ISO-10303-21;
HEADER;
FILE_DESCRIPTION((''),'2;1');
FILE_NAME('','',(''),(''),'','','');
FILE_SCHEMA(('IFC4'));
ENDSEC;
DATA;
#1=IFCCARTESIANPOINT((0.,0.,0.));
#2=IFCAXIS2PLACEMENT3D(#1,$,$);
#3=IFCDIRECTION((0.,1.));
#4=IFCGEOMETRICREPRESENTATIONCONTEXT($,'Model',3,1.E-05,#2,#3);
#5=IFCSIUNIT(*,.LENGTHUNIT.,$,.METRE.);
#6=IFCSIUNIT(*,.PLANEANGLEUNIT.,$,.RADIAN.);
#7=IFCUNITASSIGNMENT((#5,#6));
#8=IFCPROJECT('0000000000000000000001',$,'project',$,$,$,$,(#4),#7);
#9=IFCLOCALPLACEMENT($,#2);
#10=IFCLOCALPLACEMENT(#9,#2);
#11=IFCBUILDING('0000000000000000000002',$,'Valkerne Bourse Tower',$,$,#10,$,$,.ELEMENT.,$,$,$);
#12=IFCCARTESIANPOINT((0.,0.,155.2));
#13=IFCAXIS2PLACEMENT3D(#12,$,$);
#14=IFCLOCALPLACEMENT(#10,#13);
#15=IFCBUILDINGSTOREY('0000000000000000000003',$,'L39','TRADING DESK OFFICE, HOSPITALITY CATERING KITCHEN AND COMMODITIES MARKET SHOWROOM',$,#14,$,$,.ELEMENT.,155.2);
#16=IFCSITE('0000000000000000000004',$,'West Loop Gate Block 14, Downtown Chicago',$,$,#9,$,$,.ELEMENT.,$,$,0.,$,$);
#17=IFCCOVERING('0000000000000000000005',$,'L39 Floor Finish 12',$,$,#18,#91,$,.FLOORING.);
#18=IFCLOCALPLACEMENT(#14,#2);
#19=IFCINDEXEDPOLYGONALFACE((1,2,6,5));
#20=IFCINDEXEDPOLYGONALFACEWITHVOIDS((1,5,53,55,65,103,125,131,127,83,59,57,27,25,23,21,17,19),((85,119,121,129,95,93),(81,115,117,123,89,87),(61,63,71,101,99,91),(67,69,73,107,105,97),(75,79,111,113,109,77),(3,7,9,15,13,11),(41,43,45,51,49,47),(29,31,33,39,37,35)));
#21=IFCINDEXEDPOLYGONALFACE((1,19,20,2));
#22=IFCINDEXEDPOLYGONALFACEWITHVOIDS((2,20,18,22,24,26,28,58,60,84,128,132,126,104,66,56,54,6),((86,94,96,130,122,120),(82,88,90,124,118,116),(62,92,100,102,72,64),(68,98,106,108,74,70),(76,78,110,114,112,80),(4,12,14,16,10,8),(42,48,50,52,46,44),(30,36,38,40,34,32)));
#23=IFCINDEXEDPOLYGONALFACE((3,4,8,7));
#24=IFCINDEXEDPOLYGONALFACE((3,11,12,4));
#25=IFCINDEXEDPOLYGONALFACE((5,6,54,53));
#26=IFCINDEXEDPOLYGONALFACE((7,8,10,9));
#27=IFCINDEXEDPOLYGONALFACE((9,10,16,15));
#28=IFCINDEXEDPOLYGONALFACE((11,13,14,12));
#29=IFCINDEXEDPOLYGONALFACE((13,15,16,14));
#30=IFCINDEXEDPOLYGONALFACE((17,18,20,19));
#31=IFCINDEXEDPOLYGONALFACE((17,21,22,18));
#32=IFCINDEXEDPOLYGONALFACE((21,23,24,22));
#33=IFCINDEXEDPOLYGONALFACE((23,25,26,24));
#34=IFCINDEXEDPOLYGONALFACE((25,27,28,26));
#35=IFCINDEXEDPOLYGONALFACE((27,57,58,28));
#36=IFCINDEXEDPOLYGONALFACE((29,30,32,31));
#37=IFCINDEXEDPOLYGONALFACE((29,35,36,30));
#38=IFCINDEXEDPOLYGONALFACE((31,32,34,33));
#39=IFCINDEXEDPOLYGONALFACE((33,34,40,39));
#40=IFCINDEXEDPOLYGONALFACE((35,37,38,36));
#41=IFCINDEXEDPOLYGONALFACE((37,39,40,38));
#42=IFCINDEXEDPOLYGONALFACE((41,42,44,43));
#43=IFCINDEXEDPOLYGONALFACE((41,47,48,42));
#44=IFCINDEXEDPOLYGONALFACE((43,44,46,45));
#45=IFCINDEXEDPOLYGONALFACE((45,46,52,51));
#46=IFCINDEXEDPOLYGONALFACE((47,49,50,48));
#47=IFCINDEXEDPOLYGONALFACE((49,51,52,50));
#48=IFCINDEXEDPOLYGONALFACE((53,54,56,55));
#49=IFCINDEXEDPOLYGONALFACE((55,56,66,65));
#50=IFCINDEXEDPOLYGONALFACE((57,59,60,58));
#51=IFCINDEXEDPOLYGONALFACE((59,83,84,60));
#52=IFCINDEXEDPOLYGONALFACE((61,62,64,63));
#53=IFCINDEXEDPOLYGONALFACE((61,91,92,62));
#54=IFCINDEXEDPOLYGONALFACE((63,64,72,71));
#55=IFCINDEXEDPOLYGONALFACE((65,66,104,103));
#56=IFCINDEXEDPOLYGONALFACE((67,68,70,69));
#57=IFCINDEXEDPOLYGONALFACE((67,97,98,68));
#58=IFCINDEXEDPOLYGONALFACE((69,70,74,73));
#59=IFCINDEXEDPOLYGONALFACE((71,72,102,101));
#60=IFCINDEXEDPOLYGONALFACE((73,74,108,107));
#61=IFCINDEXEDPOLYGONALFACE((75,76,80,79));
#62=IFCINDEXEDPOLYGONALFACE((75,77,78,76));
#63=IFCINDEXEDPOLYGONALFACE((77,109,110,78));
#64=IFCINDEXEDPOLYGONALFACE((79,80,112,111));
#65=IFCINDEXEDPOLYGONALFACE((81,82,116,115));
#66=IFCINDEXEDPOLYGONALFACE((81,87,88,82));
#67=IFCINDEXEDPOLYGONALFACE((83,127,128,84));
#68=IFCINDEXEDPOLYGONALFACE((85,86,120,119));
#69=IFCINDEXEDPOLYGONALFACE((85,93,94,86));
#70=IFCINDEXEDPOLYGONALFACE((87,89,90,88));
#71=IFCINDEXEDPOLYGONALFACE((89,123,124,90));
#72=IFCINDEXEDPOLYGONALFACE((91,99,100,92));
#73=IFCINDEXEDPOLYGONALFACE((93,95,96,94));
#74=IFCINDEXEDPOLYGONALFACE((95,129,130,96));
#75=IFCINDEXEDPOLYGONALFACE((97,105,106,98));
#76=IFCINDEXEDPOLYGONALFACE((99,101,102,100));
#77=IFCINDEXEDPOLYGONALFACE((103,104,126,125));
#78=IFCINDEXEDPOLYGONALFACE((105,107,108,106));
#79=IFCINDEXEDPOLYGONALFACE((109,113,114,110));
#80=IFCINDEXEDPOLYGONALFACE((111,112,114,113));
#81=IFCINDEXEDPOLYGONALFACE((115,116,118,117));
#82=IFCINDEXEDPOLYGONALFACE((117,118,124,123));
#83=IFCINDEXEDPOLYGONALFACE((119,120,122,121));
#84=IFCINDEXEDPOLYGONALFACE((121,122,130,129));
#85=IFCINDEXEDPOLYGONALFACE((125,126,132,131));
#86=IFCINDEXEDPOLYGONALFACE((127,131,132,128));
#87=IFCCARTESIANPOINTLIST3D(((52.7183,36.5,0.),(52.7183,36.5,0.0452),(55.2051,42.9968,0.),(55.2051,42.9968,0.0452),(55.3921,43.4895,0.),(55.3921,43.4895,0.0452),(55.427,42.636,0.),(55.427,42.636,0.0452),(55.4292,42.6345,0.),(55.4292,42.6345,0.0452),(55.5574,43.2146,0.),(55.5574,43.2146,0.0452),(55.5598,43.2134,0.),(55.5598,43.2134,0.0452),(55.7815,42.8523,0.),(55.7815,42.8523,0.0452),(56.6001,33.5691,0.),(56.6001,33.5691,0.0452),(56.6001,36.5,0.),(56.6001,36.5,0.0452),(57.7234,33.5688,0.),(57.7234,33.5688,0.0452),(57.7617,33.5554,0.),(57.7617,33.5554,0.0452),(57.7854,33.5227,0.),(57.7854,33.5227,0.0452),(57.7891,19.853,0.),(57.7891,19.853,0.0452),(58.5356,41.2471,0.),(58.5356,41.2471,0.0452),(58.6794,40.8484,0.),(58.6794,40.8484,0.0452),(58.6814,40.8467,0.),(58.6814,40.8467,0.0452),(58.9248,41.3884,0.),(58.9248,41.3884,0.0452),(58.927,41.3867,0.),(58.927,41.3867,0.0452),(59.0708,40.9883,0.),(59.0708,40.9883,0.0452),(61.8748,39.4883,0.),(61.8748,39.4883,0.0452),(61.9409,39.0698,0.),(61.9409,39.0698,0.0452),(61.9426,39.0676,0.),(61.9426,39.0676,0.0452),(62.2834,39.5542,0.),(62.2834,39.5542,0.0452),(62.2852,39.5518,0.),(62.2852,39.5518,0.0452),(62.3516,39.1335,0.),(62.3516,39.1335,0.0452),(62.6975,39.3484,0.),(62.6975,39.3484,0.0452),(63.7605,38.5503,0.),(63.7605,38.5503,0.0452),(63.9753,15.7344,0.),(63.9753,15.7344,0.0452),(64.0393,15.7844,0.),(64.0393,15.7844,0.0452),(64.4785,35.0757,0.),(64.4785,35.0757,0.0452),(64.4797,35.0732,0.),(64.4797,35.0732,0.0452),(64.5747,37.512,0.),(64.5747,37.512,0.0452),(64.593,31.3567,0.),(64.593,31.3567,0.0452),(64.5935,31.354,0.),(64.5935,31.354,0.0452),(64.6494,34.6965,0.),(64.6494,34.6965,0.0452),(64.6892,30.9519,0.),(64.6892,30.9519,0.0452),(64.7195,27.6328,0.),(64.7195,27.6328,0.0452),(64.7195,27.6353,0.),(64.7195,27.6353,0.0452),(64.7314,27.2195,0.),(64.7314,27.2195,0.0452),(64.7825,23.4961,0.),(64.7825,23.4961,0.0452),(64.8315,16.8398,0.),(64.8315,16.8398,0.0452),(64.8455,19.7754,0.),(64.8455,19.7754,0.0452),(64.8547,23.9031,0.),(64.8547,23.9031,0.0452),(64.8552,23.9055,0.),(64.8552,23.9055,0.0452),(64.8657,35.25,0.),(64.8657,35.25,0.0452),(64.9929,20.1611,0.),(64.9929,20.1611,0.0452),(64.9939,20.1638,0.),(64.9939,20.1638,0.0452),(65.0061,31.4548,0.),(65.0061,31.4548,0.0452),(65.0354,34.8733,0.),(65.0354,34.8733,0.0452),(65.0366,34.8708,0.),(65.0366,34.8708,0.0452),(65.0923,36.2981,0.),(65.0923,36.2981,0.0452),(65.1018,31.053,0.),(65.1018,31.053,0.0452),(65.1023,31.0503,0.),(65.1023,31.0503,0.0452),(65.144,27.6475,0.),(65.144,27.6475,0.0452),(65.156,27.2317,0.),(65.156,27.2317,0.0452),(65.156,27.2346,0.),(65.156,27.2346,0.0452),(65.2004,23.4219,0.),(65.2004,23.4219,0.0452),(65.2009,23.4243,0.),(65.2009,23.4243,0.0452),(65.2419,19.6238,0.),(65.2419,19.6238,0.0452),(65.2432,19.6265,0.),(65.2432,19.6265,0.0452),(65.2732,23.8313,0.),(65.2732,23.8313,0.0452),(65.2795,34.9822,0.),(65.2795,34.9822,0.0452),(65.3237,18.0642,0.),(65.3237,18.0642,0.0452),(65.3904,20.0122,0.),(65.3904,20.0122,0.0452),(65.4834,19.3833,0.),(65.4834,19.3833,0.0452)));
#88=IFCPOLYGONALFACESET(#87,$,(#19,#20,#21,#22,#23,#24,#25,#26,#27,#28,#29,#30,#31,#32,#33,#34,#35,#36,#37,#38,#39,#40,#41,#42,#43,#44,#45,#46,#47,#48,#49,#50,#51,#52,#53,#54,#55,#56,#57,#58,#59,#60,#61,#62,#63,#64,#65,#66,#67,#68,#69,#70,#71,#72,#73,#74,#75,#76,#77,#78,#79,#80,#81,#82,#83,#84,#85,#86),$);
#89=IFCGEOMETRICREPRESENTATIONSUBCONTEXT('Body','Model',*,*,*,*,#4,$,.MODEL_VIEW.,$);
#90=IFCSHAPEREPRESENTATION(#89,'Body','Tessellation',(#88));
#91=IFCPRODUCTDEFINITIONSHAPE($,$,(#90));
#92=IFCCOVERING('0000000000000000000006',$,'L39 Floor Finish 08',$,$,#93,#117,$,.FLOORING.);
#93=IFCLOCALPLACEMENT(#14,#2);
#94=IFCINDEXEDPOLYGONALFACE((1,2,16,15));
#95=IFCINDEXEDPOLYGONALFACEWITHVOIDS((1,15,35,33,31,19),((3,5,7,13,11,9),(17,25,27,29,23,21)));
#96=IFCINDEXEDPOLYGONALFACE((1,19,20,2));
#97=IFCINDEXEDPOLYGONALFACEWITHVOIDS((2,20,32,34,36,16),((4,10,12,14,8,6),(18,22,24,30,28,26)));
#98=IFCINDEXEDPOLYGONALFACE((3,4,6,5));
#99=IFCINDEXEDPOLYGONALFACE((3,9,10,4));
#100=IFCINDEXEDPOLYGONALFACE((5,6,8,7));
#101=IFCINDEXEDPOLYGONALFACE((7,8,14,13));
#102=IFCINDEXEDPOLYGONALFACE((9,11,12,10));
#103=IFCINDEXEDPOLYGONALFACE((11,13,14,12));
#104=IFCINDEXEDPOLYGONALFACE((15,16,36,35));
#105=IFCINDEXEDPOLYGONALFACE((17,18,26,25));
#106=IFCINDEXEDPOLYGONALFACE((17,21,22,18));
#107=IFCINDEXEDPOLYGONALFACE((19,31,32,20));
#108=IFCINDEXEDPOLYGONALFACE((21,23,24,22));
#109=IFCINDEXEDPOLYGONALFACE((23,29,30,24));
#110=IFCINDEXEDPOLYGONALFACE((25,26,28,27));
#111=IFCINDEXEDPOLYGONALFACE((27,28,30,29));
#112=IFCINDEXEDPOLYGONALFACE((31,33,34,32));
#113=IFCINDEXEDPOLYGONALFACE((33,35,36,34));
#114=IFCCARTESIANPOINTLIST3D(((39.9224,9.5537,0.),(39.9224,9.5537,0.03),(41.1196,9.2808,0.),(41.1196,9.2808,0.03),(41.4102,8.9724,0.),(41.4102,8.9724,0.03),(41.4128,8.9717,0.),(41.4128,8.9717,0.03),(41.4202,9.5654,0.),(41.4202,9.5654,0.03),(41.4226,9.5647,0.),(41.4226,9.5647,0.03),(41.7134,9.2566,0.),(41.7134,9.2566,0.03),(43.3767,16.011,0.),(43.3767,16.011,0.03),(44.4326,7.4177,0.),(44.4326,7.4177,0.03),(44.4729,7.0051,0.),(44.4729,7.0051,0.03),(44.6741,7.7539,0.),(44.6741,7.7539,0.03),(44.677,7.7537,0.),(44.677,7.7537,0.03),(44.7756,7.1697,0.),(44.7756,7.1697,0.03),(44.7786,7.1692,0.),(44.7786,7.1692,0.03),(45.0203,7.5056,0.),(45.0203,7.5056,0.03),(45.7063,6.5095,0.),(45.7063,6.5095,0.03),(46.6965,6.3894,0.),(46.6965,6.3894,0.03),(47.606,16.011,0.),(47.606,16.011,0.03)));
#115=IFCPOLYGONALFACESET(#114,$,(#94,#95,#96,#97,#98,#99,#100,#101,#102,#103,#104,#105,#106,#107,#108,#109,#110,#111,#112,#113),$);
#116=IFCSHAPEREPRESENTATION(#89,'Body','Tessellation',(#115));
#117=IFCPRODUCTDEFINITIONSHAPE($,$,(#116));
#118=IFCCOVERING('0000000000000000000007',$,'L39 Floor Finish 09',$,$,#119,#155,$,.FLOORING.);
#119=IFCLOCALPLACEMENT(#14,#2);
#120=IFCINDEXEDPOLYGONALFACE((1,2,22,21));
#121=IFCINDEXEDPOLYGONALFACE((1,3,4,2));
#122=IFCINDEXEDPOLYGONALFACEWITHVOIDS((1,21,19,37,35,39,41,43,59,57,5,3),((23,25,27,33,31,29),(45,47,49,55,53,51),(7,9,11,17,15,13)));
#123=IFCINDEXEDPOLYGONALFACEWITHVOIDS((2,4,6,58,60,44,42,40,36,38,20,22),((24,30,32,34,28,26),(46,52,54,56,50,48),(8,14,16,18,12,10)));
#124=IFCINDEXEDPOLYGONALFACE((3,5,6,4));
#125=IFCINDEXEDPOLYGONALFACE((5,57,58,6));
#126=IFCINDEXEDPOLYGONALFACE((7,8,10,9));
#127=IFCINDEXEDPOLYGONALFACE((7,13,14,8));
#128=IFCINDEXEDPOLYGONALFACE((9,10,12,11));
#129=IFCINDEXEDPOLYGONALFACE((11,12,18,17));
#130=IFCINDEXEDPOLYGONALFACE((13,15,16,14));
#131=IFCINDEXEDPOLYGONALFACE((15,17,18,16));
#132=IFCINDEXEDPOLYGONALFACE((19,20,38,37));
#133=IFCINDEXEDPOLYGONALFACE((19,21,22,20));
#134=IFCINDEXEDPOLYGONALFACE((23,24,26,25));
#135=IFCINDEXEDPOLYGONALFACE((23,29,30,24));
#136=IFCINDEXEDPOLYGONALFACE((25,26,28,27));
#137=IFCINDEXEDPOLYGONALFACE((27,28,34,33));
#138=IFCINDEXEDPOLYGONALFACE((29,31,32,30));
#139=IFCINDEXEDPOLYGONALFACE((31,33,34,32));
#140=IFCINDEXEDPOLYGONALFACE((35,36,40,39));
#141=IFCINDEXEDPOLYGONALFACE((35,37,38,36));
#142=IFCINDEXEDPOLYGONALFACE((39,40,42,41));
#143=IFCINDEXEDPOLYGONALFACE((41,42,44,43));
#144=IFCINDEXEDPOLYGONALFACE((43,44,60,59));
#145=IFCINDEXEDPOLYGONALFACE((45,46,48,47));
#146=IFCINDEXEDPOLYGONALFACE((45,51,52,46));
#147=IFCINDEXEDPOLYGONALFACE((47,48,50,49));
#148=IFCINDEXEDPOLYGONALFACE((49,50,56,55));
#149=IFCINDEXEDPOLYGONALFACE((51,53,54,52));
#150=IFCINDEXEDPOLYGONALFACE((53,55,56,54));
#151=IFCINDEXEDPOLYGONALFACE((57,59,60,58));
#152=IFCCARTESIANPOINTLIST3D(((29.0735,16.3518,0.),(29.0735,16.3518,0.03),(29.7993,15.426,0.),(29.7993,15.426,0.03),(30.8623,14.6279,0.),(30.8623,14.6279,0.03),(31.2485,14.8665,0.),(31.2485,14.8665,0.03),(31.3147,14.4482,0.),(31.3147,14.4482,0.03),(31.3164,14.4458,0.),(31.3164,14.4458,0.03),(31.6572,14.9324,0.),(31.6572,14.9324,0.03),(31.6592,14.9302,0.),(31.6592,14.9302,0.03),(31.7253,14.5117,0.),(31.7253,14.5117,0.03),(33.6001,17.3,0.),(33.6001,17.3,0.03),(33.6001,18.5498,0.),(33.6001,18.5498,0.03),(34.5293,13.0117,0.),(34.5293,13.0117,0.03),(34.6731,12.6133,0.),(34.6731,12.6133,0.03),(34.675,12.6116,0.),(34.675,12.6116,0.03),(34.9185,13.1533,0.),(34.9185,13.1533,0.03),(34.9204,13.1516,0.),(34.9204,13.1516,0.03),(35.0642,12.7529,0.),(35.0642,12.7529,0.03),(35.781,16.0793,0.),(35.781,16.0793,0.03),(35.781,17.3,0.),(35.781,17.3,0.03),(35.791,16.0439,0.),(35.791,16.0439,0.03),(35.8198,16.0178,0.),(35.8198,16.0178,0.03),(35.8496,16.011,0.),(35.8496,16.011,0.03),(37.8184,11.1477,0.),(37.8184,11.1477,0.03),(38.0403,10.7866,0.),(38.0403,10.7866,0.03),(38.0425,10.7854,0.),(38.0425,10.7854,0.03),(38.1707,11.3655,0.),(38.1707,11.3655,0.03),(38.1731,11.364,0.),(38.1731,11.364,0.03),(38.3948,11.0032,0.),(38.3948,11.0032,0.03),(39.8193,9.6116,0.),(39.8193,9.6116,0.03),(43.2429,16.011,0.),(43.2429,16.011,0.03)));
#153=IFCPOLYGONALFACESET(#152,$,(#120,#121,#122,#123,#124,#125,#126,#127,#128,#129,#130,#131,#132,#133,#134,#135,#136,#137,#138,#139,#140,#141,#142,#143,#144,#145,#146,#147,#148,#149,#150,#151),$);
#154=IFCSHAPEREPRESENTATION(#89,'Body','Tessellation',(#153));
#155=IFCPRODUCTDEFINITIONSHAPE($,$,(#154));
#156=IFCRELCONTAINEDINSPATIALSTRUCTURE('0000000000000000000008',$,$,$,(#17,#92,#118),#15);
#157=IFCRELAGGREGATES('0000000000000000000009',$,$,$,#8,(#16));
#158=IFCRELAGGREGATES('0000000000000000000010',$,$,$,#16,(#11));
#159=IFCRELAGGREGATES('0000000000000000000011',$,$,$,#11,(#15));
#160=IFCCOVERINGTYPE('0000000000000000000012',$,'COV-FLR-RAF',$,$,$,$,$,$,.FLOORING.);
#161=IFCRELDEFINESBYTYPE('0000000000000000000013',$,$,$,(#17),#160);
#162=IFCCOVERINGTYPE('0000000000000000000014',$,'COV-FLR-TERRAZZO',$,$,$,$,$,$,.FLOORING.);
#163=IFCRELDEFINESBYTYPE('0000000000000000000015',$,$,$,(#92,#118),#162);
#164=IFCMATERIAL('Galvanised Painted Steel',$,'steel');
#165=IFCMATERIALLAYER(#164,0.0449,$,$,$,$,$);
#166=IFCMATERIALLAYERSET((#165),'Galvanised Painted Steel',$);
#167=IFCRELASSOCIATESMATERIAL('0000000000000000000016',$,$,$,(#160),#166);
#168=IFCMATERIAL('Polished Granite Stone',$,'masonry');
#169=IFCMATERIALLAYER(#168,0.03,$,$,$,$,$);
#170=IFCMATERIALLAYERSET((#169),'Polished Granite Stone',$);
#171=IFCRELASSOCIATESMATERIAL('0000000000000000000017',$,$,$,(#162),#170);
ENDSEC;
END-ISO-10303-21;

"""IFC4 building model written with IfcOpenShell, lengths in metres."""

from ifc_helpers import new_model, si_unit, direction, frame, origin, place, context, subcontext, project, spatial, polyline, outline, extrude, material, layer, layer_set, type_object, element, save


model = new_model("IFC4")

# Units and contexts
model_context = context("Model", 3, precision=1e-05, world=origin(), true_north=direction((0.0, 1.0)))
body_context = subcontext(model_context, "Body", "Model", "MODEL_VIEW")
ifc_project = project(units=[si_unit("LENGTHUNIT", "METRE"), si_unit("PLANEANGLEUNIT", "RADIAN")], contexts=[model_context])

# Site, building, storey
site_placement = place(None, origin())
site = spatial("IfcSite", under=ifc_project, at=site_placement, Name="West Loop Gate Block 14, Downtown Chicago", CompositionType="ELEMENT", RefElevation=0.0)
building_placement = place(site_placement, origin())
building = spatial("IfcBuilding", under=site, at=building_placement, Name="Valkerne Bourse Tower", CompositionType="ELEMENT")
storey_placement = place(building_placement, frame((0.0, 0.0, 155.2)))
storey = spatial("IfcBuildingStorey", under=building, at=storey_placement, Name="L39", Description="TRADING DESK OFFICE, HOSPITALITY CATERING KITCHEN AND COMMODITIES MARKET SHOWROOM", CompositionType="ELEMENT", Elevation=155.2)

# Coverings
ifc_material_1 = material(Name="Galvanised Painted Steel", Category="steel")
ifc_layer_1 = layer(ifc_material_1, 0.0449)
ifc_layer_set_1 = layer_set([ifc_layer_1], Name="Galvanised Painted Steel")
covering_type_1 = type_object("IfcCoveringType", Name="COV-FLR-RAF", PredefinedType="FLOORING", material=ifc_layer_set_1)
covering_1_placement = place(storey_placement, origin())
element("IfcCovering", 1, at=covering_1_placement, inside=storey, type_object=covering_type_1, Name="L39 Floor Finish 12", PredefinedType="FLOORING", context=body_context, shape_type="SweptSolid", body=[
    extrude(outline(polyline([(64.0393, 15.7844), (63.9753, 15.7344), (57.7891, 19.853), (57.7854, 33.5227), (57.7617, 33.5554), (57.7234, 33.5688), (56.6001, 33.5691), (56.6001, 36.5), (52.7183, 36.5), (55.3921, 43.4895), (62.6975, 39.3484), (63.7605, 38.5503), (64.5747, 37.512), (65.0923, 36.2981), (65.2795, 34.9822), (65.4834, 19.3833), (65.3237, 18.0642), (64.8315, 16.8398), (64.0393, 15.7844)]), holes=[polyline([(65.3904, 20.0122), (64.9939, 20.1638), (64.9929, 20.1611), (64.8455, 19.7754), (65.2419, 19.6238), (65.2432, 19.6265), (65.3904, 20.0122)]), polyline([(65.2732, 23.8313), (64.8552, 23.9055), (64.8547, 23.9031), (64.7825, 23.4961), (65.2004, 23.4219), (65.2009, 23.4243), (65.2732, 23.8313)]), polyline([(65.156, 27.2317), (65.156, 27.2346), (65.144, 27.6475), (64.7195, 27.6353), (64.7195, 27.6328), (64.7314, 27.2195), (65.156, 27.2317)]), polyline([(65.1023, 31.0503), (65.1018, 31.053), (65.0061, 31.4548), (64.593, 31.3567), (64.5935, 31.354), (64.6892, 30.9519), (65.1023, 31.0503)]), polyline([(65.0366, 34.8708), (65.0354, 34.8733), (64.8657, 35.25), (64.4785, 35.0757), (64.4797, 35.0732), (64.6494, 34.6965), (65.0366, 34.8708)]), polyline([(62.3516, 39.1335), (62.2852, 39.5518), (62.2834, 39.5542), (61.8748, 39.4883), (61.9409, 39.0698), (61.9426, 39.0676), (62.3516, 39.1335)]), polyline([(58.927, 41.3867), (58.9248, 41.3884), (58.5356, 41.2471), (58.6794, 40.8484), (58.6814, 40.8467), (59.0708, 40.9883), (58.927, 41.3867)]), polyline([(55.7815, 42.8523), (55.5598, 43.2134), (55.5574, 43.2146), (55.2051, 42.9968), (55.427, 42.636), (55.4292, 42.6345), (55.7815, 42.8523)])]), origin(), (0.0, 0.0, 1.0), 0.0452),
])
ifc_material_2 = material(Name="Polished Granite Stone", Category="masonry")
ifc_layer_2 = layer(ifc_material_2, 0.03)
ifc_layer_set_2 = layer_set([ifc_layer_2], Name="Polished Granite Stone")
covering_type_2 = type_object("IfcCoveringType", Name="COV-FLR-TERRAZZO", PredefinedType="FLOORING", material=ifc_layer_set_2)
covering_2_placement = place(storey_placement, origin())
element("IfcCovering", 2, at=covering_2_placement, inside=storey, type_object=covering_type_2, Name="L39 Floor Finish 08", PredefinedType="FLOORING", context=body_context, shape_type="SweptSolid", body=[
    extrude(outline(polyline([(39.9224, 9.5537), (43.3767, 16.011), (47.606, 16.011), (46.6965, 6.3894), (45.7063, 6.5095), (44.4729, 7.0051), (39.9224, 9.5537)]), holes=[polyline([(45.0203, 7.5056), (44.677, 7.7537), (44.6741, 7.7539), (44.4326, 7.4177), (44.7756, 7.1697), (44.7786, 7.1692), (45.0203, 7.5056)]), polyline([(41.4226, 9.5647), (41.4202, 9.5654), (41.1196, 9.2808), (41.4102, 8.9724), (41.4128, 8.9717), (41.7134, 9.2566), (41.4226, 9.5647)])]), origin(), (0.0, 0.0, 1.0), 0.03),
])
covering_3_placement = place(storey_placement, origin())
element("IfcCovering", 3, at=covering_3_placement, inside=storey, type_object=covering_type_2, Name="L39 Floor Finish 09", PredefinedType="FLOORING", context=body_context, shape_type="SweptSolid", body=[
    extrude(outline(polyline([(29.0735, 16.3518), (33.6001, 18.5498), (33.6001, 17.3), (35.781, 17.3), (35.781, 16.0793), (35.791, 16.0439), (35.8198, 16.0178), (35.8496, 16.011), (43.2429, 16.011), (39.8193, 9.6116), (30.8623, 14.6279), (29.7993, 15.426), (29.0735, 16.3518)]), holes=[polyline([(38.1731, 11.364), (38.1707, 11.3655), (37.8184, 11.1477), (38.0403, 10.7866), (38.0425, 10.7854), (38.3948, 11.0032), (38.1731, 11.364)]), polyline([(34.9204, 13.1516), (34.9185, 13.1533), (34.5293, 13.0117), (34.6731, 12.6133), (34.675, 12.6116), (35.0642, 12.7529), (34.9204, 13.1516)]), polyline([(31.7253, 14.5117), (31.6592, 14.9302), (31.6572, 14.9324), (31.2485, 14.8665), (31.3147, 14.4482), (31.3164, 14.4458), (31.7253, 14.5117)])]), origin(), (0.0, 0.0, 1.0), 0.03),
])

save(model, "model.ifc")
